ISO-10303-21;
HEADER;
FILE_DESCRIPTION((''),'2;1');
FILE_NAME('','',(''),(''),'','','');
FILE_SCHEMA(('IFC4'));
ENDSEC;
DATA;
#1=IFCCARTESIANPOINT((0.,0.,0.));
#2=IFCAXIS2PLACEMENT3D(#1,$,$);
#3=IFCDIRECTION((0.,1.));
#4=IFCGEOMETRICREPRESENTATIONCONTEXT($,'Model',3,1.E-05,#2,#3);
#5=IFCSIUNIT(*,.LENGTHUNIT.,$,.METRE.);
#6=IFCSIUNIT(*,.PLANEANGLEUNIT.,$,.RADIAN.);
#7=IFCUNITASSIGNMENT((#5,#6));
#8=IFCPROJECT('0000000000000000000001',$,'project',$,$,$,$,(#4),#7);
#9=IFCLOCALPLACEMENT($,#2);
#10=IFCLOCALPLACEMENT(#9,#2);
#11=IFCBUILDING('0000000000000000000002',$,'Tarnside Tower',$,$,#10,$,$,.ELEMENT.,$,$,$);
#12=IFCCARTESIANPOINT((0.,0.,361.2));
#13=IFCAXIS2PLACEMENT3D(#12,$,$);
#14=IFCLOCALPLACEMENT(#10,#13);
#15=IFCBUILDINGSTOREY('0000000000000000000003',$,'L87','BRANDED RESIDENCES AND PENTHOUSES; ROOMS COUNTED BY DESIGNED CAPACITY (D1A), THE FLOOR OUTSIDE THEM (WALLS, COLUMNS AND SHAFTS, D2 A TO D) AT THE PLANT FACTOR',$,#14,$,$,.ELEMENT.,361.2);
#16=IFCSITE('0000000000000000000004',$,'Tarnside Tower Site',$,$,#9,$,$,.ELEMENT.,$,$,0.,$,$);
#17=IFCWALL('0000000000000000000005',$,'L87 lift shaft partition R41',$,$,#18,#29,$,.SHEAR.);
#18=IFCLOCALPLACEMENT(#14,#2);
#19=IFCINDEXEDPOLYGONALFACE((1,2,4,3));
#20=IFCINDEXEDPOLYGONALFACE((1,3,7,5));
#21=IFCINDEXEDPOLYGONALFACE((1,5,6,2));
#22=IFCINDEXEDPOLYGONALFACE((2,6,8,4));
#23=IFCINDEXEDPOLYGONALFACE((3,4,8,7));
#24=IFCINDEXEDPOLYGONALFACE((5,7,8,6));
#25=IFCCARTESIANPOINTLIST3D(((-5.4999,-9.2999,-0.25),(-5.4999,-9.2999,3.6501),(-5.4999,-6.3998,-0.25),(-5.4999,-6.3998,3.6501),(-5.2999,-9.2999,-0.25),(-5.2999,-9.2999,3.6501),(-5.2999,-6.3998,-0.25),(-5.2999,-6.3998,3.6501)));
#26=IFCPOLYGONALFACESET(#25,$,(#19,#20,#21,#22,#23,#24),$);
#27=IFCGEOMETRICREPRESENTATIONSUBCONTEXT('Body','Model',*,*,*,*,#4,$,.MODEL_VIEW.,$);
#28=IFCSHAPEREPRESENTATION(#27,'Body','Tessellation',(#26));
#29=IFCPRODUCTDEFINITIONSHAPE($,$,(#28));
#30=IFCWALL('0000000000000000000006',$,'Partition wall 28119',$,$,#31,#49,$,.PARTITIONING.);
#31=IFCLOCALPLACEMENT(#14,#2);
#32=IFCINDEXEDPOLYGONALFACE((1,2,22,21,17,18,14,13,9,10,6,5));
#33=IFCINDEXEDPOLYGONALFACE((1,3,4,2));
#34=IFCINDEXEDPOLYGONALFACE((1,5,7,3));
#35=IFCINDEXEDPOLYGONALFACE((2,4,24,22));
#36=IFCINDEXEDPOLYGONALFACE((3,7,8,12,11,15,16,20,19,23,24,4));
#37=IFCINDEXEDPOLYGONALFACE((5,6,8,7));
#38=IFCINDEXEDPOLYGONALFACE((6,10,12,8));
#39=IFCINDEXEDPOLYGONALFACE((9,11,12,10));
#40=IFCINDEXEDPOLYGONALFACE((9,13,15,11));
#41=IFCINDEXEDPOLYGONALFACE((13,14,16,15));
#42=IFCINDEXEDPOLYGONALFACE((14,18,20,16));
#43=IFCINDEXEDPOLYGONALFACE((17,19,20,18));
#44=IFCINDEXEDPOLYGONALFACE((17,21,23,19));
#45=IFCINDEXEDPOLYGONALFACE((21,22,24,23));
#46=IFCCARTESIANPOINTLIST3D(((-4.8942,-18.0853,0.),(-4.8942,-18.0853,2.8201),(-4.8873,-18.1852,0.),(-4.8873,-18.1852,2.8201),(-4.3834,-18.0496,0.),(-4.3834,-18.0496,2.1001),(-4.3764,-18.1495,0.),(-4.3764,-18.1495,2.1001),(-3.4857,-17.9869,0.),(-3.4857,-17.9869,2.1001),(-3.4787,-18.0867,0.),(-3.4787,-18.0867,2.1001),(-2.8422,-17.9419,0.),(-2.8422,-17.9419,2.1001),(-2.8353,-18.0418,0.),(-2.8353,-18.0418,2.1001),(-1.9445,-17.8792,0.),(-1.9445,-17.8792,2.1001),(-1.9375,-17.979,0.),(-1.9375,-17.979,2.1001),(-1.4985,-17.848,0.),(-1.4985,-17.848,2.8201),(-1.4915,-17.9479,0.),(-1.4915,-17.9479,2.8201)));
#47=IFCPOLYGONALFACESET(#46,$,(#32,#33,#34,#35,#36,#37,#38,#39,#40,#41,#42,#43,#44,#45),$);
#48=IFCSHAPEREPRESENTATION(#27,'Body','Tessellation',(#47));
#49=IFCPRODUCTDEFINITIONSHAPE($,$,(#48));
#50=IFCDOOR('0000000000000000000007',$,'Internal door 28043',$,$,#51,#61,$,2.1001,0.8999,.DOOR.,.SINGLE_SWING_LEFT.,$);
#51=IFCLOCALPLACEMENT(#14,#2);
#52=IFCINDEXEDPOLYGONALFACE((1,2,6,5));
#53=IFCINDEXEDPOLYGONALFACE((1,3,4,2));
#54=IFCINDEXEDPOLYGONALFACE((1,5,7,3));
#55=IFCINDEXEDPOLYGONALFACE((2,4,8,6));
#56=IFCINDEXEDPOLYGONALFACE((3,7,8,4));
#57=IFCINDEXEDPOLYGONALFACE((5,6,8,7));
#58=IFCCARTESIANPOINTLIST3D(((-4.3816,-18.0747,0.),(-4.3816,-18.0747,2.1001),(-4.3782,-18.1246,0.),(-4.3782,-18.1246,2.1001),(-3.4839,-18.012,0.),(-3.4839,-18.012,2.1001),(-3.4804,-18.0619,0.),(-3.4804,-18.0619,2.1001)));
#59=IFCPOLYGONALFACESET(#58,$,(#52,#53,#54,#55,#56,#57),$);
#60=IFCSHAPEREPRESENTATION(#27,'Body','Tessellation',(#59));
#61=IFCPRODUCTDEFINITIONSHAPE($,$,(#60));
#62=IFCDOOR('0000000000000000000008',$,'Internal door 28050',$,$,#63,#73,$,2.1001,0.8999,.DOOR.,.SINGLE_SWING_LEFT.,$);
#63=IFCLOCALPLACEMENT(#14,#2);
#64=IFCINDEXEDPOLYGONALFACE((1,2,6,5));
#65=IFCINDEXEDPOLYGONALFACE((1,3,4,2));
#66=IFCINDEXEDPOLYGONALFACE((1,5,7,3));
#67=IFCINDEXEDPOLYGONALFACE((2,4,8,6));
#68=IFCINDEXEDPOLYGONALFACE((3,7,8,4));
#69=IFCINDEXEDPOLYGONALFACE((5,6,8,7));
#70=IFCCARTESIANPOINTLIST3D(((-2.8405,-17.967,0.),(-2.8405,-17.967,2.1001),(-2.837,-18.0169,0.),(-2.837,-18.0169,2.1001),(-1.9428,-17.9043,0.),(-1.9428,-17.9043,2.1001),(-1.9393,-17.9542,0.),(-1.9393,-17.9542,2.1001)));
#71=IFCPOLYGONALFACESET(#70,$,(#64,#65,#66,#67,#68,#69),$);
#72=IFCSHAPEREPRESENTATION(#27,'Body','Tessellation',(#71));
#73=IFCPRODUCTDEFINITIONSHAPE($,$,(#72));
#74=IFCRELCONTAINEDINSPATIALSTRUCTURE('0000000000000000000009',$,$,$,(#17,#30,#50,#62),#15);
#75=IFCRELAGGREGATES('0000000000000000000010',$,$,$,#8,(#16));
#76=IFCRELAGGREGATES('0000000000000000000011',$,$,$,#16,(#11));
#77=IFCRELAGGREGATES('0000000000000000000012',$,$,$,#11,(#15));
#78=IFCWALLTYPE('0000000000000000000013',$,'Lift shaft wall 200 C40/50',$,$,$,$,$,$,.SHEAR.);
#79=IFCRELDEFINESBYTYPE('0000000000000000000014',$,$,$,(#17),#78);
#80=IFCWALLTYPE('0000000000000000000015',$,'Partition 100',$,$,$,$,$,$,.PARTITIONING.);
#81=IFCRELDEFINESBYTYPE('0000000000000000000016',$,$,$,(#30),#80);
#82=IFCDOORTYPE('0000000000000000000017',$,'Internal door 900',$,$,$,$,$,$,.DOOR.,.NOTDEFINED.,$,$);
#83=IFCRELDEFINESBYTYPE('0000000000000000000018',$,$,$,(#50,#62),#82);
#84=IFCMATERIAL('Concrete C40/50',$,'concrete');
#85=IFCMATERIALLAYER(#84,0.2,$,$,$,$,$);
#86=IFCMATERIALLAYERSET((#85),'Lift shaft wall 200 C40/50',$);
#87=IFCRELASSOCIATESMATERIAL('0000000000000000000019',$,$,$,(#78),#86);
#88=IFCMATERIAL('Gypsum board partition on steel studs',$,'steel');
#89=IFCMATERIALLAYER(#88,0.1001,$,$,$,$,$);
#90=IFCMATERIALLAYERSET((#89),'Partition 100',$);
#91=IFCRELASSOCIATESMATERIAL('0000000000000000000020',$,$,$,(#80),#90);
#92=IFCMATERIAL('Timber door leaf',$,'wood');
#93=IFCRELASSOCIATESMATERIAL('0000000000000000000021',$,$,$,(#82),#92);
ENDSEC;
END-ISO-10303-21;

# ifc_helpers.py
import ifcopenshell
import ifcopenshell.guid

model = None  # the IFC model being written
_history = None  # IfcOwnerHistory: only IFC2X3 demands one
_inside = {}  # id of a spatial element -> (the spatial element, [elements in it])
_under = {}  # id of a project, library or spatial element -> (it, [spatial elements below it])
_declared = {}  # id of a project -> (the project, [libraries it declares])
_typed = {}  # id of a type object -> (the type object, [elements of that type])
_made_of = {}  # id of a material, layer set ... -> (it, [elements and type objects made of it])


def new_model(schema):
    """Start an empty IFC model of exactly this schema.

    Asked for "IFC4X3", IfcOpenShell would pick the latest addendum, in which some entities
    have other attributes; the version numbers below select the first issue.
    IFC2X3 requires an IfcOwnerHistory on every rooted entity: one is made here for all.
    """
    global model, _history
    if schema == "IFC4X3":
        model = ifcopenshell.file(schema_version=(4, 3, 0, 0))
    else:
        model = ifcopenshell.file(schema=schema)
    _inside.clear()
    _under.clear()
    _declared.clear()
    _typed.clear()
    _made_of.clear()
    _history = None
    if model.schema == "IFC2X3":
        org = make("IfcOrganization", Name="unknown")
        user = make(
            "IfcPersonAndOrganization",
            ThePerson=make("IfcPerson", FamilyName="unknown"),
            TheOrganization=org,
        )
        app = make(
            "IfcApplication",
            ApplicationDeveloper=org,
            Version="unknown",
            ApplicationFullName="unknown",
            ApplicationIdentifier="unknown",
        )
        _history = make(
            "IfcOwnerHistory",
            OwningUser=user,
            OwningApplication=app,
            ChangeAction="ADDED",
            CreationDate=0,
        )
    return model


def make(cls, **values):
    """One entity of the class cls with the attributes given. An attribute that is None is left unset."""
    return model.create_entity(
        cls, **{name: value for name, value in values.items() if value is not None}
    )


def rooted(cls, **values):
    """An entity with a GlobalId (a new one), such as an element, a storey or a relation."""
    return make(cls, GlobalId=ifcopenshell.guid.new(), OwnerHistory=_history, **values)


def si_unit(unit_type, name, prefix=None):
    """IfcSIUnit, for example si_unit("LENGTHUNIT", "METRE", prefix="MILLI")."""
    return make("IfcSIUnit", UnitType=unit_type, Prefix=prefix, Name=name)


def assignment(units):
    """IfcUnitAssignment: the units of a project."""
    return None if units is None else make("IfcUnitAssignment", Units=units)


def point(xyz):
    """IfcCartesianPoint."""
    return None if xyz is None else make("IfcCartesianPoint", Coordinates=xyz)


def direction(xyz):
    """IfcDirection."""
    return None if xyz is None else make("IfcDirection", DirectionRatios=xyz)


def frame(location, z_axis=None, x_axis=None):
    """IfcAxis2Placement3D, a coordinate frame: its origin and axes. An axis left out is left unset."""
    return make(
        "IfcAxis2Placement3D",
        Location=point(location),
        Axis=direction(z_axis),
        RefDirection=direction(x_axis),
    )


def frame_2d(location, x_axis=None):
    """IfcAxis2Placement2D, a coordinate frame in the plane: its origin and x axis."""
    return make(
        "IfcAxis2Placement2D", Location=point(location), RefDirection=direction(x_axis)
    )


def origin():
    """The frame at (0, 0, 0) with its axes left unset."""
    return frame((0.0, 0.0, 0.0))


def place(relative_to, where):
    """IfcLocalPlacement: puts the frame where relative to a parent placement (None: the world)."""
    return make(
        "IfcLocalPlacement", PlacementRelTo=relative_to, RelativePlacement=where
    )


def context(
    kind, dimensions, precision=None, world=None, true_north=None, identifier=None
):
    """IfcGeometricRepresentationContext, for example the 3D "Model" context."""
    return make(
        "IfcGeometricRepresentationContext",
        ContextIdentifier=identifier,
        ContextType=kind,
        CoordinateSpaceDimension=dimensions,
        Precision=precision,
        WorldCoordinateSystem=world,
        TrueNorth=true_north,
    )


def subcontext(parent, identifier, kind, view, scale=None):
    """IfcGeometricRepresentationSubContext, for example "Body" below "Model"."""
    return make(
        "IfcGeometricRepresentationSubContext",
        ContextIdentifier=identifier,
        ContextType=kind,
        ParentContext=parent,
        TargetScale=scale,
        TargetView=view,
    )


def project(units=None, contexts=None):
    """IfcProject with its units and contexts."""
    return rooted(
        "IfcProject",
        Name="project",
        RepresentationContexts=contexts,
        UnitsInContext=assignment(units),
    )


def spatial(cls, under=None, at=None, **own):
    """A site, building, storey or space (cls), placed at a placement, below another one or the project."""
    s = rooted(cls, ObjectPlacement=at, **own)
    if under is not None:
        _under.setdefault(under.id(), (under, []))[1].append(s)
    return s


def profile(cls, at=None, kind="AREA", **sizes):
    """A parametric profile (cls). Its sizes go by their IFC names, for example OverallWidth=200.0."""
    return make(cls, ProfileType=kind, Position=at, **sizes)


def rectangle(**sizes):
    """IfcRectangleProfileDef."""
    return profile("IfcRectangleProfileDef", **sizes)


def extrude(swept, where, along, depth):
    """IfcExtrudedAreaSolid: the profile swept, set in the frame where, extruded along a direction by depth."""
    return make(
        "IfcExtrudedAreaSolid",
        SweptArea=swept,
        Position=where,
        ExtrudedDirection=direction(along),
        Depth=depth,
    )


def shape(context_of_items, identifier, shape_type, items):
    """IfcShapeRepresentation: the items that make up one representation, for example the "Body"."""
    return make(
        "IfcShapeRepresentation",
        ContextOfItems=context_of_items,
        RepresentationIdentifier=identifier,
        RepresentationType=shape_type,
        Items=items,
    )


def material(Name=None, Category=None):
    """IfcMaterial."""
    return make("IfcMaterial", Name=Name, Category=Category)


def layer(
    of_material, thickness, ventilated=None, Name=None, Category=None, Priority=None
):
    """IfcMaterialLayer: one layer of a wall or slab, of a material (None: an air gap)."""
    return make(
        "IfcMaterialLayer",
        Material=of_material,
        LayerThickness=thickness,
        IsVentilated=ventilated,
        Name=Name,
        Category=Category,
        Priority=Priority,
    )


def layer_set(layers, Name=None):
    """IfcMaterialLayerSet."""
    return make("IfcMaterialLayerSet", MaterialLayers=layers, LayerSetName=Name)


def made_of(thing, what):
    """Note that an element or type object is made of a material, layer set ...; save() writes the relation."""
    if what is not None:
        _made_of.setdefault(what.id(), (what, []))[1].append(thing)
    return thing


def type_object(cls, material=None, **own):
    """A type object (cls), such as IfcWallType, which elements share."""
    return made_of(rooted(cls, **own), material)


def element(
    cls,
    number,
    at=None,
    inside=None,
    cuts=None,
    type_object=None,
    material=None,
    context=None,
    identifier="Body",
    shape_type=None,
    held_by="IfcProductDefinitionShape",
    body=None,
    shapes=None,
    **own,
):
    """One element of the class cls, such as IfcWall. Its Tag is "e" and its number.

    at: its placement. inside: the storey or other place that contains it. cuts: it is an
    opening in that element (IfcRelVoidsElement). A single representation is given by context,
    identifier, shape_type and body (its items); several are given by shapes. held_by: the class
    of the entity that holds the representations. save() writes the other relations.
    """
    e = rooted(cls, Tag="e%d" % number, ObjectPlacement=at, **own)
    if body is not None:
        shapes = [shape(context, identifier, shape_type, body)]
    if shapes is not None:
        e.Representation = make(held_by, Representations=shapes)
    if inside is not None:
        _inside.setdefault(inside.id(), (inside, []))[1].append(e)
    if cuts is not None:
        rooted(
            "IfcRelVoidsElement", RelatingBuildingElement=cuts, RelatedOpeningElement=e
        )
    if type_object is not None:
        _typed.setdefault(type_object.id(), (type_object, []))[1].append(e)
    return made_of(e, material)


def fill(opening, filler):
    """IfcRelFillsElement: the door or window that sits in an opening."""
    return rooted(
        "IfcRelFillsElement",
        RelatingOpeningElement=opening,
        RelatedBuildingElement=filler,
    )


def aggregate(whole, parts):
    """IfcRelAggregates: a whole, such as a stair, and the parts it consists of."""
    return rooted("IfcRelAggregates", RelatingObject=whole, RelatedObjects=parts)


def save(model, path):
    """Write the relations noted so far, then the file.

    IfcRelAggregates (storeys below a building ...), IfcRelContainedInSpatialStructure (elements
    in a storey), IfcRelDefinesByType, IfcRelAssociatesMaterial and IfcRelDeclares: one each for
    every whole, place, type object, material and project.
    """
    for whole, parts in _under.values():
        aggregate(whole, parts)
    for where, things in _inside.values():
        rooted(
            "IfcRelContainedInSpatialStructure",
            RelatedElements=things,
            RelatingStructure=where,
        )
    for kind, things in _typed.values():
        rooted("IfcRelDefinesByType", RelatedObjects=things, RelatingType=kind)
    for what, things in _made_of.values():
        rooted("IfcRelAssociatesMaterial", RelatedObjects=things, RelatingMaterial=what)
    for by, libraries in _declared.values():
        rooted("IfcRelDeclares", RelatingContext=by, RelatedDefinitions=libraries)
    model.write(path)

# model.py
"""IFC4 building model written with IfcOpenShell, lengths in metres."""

from ifc_helpers import new_model, si_unit, direction, frame, frame_2d, origin, place, context, subcontext, project, spatial, rectangle, extrude, material, layer, layer_set, type_object, element, fill, save


model = new_model("IFC4")

# Units and contexts
model_context = context("Model", 3, precision=1e-05, world=origin(), true_north=direction((0.0, 1.0)))
body_context = subcontext(model_context, "Body", "Model", "MODEL_VIEW")
ifc_project = project(units=[si_unit("LENGTHUNIT", "METRE"), si_unit("PLANEANGLEUNIT", "RADIAN")], contexts=[model_context])

# Site, building, storey
site_placement = place(None, origin())
site = spatial("IfcSite", under=ifc_project, at=site_placement, Name="Tarnside Tower Site", CompositionType="ELEMENT", RefElevation=0.0)
building_placement = place(site_placement, origin())
building = spatial("IfcBuilding", under=site, at=building_placement, Name="Tarnside Tower", CompositionType="ELEMENT")
storey_placement = place(building_placement, frame((0.0, 0.0, 361.2)))
storey = spatial("IfcBuildingStorey", under=building, at=storey_placement, Name="L87", Description="BRANDED RESIDENCES AND PENTHOUSES; ROOMS COUNTED BY DESIGNED CAPACITY (D1A), THE FLOOR OUTSIDE THEM (WALLS, COLUMNS AND SHAFTS, D2 A TO D) AT THE PLANT FACTOR", CompositionType="ELEMENT", Elevation=361.2)

# Shared definitions
ifc_material_1 = material(Name="Gypsum board partition on steel studs", Category="steel")

# Shared definitions
ifc_material_2 = material(Name="Timber door leaf", Category="wood")

# Wall
ifc_material_3 = material(Name="Concrete C40/50", Category="concrete")
ifc_layer_1 = layer(ifc_material_3, 0.2)
ifc_layer_set_1 = layer_set([ifc_layer_1], Name="Lift shaft wall 200 C40/50")
wall_type_1 = type_object("IfcWallType", Name="Lift shaft wall 200 C40/50", PredefinedType="SHEAR", material=ifc_layer_set_1)
wall_1_placement = place(storey_placement, frame((-5.3999, -9.3, -0.25), z_axis=(0.0, 0.0, 1.0), x_axis=(0.0, 1.0, 0.0)))
element("IfcWall", 1, at=wall_1_placement, inside=storey, type_object=wall_type_1, Name="L87 lift shaft partition R41", PredefinedType="SHEAR", context=body_context, shape_type="SweptSolid", body=[
    extrude(rectangle(XDim=2.9001, YDim=0.2, at=frame_2d((1.4502, 0.0))), origin(), (0.0, 0.0, 1.0), 3.9001),
])

# Wall, openings, doors
ifc_layer_2 = layer(ifc_material_1, 0.1001)
ifc_layer_set_2 = layer_set([ifc_layer_2], Name="Partition 100")
wall_type_2 = type_object("IfcWallType", Name="Partition 100", PredefinedType="PARTITIONING", material=ifc_layer_set_2)
wall_2_placement = place(storey_placement, frame((-4.8909, -18.1353, 0.0), z_axis=(0.0, 0.0, 1.0), x_axis=(0.997567, 0.069713, 0.0)))
wall_2 = element("IfcWall", 2, at=wall_2_placement, inside=storey, type_object=wall_type_2, Name="Partition wall 28119", PredefinedType="PARTITIONING", context=body_context, shape_type="SweptSolid", body=[
    extrude(rectangle(XDim=3.4041, YDim=0.1001, at=frame_2d((1.7021, 0.0))), origin(), (0.0, 0.0, 1.0), 2.8201),
])
opening_1_placement = place(wall_2_placement, frame((0.5122, 0.0, 0.0)))
opening_1 = element("IfcOpeningElement", 3, at=opening_1_placement, cuts=wall_2, PredefinedType="OPENING", context=body_context, shape_type="SweptSolid", body=[
    extrude(rectangle(XDim=0.8999, YDim=2.1001, at=frame_2d((0.45, 1.05))), frame((0.0, 0.0601, 0.0), z_axis=(0.0, -1.0, 0.0), x_axis=(1.0, 0.0, 0.0)), (0.0, 0.0, 1.0), 0.1201),
])
opening_2_placement = place(wall_2_placement, frame((2.0571, 0.0, 0.0)))
opening_2 = element("IfcOpeningElement", 4, at=opening_2_placement, cuts=wall_2, PredefinedType="OPENING", context=body_context, shape_type="SweptSolid", body=[
    extrude(rectangle(XDim=0.8999, YDim=2.1001, at=frame_2d((0.45, 1.05))), frame((0.0, 0.0601, 0.0), z_axis=(0.0, -1.0, 0.0), x_axis=(1.0, 0.0, 0.0)), (0.0, 0.0, 1.0), 0.1201),
])
door_type_1 = type_object("IfcDoorType", Name="Internal door 900", OperationType="NOTDEFINED", PredefinedType="DOOR", material=ifc_material_2)
door_1_placement = place(opening_1_placement, origin())
door_1 = element("IfcDoor", 5, at=door_1_placement, inside=storey, type_object=door_type_1, Name="Internal door 28043", OperationType="SINGLE_SWING_LEFT", OverallHeight=2.1001, OverallWidth=0.8999, PredefinedType="DOOR", context=body_context, shape_type="SweptSolid", body=[
    extrude(rectangle(XDim=0.8999, YDim=2.1001, at=frame_2d((0.45, 1.05))), frame((0.0, 0.0249, 0.0), z_axis=(0.0, -1.0, 0.0), x_axis=(1.0, 0.0, 0.0)), (0.0, 0.0, 1.0), 0.05),
])
fill(opening_1, door_1)
door_2_placement = place(opening_2_placement, origin())
door_2 = element("IfcDoor", 6, at=door_2_placement, inside=storey, type_object=door_type_1, Name="Internal door 28050", OperationType="SINGLE_SWING_LEFT", OverallHeight=2.1001, OverallWidth=0.8999, PredefinedType="DOOR", context=body_context, shape_type="SweptSolid", body=[
    extrude(rectangle(XDim=0.8999, YDim=2.1001, at=frame_2d((0.45, 1.05))), frame((0.0, 0.0249, 0.0), z_axis=(0.0, -1.0, 0.0), x_axis=(1.0, 0.0, 0.0)), (0.0, 0.0, 1.0), 0.05),
])
fill(opening_2, door_2)

save(model, "model.ifc")
